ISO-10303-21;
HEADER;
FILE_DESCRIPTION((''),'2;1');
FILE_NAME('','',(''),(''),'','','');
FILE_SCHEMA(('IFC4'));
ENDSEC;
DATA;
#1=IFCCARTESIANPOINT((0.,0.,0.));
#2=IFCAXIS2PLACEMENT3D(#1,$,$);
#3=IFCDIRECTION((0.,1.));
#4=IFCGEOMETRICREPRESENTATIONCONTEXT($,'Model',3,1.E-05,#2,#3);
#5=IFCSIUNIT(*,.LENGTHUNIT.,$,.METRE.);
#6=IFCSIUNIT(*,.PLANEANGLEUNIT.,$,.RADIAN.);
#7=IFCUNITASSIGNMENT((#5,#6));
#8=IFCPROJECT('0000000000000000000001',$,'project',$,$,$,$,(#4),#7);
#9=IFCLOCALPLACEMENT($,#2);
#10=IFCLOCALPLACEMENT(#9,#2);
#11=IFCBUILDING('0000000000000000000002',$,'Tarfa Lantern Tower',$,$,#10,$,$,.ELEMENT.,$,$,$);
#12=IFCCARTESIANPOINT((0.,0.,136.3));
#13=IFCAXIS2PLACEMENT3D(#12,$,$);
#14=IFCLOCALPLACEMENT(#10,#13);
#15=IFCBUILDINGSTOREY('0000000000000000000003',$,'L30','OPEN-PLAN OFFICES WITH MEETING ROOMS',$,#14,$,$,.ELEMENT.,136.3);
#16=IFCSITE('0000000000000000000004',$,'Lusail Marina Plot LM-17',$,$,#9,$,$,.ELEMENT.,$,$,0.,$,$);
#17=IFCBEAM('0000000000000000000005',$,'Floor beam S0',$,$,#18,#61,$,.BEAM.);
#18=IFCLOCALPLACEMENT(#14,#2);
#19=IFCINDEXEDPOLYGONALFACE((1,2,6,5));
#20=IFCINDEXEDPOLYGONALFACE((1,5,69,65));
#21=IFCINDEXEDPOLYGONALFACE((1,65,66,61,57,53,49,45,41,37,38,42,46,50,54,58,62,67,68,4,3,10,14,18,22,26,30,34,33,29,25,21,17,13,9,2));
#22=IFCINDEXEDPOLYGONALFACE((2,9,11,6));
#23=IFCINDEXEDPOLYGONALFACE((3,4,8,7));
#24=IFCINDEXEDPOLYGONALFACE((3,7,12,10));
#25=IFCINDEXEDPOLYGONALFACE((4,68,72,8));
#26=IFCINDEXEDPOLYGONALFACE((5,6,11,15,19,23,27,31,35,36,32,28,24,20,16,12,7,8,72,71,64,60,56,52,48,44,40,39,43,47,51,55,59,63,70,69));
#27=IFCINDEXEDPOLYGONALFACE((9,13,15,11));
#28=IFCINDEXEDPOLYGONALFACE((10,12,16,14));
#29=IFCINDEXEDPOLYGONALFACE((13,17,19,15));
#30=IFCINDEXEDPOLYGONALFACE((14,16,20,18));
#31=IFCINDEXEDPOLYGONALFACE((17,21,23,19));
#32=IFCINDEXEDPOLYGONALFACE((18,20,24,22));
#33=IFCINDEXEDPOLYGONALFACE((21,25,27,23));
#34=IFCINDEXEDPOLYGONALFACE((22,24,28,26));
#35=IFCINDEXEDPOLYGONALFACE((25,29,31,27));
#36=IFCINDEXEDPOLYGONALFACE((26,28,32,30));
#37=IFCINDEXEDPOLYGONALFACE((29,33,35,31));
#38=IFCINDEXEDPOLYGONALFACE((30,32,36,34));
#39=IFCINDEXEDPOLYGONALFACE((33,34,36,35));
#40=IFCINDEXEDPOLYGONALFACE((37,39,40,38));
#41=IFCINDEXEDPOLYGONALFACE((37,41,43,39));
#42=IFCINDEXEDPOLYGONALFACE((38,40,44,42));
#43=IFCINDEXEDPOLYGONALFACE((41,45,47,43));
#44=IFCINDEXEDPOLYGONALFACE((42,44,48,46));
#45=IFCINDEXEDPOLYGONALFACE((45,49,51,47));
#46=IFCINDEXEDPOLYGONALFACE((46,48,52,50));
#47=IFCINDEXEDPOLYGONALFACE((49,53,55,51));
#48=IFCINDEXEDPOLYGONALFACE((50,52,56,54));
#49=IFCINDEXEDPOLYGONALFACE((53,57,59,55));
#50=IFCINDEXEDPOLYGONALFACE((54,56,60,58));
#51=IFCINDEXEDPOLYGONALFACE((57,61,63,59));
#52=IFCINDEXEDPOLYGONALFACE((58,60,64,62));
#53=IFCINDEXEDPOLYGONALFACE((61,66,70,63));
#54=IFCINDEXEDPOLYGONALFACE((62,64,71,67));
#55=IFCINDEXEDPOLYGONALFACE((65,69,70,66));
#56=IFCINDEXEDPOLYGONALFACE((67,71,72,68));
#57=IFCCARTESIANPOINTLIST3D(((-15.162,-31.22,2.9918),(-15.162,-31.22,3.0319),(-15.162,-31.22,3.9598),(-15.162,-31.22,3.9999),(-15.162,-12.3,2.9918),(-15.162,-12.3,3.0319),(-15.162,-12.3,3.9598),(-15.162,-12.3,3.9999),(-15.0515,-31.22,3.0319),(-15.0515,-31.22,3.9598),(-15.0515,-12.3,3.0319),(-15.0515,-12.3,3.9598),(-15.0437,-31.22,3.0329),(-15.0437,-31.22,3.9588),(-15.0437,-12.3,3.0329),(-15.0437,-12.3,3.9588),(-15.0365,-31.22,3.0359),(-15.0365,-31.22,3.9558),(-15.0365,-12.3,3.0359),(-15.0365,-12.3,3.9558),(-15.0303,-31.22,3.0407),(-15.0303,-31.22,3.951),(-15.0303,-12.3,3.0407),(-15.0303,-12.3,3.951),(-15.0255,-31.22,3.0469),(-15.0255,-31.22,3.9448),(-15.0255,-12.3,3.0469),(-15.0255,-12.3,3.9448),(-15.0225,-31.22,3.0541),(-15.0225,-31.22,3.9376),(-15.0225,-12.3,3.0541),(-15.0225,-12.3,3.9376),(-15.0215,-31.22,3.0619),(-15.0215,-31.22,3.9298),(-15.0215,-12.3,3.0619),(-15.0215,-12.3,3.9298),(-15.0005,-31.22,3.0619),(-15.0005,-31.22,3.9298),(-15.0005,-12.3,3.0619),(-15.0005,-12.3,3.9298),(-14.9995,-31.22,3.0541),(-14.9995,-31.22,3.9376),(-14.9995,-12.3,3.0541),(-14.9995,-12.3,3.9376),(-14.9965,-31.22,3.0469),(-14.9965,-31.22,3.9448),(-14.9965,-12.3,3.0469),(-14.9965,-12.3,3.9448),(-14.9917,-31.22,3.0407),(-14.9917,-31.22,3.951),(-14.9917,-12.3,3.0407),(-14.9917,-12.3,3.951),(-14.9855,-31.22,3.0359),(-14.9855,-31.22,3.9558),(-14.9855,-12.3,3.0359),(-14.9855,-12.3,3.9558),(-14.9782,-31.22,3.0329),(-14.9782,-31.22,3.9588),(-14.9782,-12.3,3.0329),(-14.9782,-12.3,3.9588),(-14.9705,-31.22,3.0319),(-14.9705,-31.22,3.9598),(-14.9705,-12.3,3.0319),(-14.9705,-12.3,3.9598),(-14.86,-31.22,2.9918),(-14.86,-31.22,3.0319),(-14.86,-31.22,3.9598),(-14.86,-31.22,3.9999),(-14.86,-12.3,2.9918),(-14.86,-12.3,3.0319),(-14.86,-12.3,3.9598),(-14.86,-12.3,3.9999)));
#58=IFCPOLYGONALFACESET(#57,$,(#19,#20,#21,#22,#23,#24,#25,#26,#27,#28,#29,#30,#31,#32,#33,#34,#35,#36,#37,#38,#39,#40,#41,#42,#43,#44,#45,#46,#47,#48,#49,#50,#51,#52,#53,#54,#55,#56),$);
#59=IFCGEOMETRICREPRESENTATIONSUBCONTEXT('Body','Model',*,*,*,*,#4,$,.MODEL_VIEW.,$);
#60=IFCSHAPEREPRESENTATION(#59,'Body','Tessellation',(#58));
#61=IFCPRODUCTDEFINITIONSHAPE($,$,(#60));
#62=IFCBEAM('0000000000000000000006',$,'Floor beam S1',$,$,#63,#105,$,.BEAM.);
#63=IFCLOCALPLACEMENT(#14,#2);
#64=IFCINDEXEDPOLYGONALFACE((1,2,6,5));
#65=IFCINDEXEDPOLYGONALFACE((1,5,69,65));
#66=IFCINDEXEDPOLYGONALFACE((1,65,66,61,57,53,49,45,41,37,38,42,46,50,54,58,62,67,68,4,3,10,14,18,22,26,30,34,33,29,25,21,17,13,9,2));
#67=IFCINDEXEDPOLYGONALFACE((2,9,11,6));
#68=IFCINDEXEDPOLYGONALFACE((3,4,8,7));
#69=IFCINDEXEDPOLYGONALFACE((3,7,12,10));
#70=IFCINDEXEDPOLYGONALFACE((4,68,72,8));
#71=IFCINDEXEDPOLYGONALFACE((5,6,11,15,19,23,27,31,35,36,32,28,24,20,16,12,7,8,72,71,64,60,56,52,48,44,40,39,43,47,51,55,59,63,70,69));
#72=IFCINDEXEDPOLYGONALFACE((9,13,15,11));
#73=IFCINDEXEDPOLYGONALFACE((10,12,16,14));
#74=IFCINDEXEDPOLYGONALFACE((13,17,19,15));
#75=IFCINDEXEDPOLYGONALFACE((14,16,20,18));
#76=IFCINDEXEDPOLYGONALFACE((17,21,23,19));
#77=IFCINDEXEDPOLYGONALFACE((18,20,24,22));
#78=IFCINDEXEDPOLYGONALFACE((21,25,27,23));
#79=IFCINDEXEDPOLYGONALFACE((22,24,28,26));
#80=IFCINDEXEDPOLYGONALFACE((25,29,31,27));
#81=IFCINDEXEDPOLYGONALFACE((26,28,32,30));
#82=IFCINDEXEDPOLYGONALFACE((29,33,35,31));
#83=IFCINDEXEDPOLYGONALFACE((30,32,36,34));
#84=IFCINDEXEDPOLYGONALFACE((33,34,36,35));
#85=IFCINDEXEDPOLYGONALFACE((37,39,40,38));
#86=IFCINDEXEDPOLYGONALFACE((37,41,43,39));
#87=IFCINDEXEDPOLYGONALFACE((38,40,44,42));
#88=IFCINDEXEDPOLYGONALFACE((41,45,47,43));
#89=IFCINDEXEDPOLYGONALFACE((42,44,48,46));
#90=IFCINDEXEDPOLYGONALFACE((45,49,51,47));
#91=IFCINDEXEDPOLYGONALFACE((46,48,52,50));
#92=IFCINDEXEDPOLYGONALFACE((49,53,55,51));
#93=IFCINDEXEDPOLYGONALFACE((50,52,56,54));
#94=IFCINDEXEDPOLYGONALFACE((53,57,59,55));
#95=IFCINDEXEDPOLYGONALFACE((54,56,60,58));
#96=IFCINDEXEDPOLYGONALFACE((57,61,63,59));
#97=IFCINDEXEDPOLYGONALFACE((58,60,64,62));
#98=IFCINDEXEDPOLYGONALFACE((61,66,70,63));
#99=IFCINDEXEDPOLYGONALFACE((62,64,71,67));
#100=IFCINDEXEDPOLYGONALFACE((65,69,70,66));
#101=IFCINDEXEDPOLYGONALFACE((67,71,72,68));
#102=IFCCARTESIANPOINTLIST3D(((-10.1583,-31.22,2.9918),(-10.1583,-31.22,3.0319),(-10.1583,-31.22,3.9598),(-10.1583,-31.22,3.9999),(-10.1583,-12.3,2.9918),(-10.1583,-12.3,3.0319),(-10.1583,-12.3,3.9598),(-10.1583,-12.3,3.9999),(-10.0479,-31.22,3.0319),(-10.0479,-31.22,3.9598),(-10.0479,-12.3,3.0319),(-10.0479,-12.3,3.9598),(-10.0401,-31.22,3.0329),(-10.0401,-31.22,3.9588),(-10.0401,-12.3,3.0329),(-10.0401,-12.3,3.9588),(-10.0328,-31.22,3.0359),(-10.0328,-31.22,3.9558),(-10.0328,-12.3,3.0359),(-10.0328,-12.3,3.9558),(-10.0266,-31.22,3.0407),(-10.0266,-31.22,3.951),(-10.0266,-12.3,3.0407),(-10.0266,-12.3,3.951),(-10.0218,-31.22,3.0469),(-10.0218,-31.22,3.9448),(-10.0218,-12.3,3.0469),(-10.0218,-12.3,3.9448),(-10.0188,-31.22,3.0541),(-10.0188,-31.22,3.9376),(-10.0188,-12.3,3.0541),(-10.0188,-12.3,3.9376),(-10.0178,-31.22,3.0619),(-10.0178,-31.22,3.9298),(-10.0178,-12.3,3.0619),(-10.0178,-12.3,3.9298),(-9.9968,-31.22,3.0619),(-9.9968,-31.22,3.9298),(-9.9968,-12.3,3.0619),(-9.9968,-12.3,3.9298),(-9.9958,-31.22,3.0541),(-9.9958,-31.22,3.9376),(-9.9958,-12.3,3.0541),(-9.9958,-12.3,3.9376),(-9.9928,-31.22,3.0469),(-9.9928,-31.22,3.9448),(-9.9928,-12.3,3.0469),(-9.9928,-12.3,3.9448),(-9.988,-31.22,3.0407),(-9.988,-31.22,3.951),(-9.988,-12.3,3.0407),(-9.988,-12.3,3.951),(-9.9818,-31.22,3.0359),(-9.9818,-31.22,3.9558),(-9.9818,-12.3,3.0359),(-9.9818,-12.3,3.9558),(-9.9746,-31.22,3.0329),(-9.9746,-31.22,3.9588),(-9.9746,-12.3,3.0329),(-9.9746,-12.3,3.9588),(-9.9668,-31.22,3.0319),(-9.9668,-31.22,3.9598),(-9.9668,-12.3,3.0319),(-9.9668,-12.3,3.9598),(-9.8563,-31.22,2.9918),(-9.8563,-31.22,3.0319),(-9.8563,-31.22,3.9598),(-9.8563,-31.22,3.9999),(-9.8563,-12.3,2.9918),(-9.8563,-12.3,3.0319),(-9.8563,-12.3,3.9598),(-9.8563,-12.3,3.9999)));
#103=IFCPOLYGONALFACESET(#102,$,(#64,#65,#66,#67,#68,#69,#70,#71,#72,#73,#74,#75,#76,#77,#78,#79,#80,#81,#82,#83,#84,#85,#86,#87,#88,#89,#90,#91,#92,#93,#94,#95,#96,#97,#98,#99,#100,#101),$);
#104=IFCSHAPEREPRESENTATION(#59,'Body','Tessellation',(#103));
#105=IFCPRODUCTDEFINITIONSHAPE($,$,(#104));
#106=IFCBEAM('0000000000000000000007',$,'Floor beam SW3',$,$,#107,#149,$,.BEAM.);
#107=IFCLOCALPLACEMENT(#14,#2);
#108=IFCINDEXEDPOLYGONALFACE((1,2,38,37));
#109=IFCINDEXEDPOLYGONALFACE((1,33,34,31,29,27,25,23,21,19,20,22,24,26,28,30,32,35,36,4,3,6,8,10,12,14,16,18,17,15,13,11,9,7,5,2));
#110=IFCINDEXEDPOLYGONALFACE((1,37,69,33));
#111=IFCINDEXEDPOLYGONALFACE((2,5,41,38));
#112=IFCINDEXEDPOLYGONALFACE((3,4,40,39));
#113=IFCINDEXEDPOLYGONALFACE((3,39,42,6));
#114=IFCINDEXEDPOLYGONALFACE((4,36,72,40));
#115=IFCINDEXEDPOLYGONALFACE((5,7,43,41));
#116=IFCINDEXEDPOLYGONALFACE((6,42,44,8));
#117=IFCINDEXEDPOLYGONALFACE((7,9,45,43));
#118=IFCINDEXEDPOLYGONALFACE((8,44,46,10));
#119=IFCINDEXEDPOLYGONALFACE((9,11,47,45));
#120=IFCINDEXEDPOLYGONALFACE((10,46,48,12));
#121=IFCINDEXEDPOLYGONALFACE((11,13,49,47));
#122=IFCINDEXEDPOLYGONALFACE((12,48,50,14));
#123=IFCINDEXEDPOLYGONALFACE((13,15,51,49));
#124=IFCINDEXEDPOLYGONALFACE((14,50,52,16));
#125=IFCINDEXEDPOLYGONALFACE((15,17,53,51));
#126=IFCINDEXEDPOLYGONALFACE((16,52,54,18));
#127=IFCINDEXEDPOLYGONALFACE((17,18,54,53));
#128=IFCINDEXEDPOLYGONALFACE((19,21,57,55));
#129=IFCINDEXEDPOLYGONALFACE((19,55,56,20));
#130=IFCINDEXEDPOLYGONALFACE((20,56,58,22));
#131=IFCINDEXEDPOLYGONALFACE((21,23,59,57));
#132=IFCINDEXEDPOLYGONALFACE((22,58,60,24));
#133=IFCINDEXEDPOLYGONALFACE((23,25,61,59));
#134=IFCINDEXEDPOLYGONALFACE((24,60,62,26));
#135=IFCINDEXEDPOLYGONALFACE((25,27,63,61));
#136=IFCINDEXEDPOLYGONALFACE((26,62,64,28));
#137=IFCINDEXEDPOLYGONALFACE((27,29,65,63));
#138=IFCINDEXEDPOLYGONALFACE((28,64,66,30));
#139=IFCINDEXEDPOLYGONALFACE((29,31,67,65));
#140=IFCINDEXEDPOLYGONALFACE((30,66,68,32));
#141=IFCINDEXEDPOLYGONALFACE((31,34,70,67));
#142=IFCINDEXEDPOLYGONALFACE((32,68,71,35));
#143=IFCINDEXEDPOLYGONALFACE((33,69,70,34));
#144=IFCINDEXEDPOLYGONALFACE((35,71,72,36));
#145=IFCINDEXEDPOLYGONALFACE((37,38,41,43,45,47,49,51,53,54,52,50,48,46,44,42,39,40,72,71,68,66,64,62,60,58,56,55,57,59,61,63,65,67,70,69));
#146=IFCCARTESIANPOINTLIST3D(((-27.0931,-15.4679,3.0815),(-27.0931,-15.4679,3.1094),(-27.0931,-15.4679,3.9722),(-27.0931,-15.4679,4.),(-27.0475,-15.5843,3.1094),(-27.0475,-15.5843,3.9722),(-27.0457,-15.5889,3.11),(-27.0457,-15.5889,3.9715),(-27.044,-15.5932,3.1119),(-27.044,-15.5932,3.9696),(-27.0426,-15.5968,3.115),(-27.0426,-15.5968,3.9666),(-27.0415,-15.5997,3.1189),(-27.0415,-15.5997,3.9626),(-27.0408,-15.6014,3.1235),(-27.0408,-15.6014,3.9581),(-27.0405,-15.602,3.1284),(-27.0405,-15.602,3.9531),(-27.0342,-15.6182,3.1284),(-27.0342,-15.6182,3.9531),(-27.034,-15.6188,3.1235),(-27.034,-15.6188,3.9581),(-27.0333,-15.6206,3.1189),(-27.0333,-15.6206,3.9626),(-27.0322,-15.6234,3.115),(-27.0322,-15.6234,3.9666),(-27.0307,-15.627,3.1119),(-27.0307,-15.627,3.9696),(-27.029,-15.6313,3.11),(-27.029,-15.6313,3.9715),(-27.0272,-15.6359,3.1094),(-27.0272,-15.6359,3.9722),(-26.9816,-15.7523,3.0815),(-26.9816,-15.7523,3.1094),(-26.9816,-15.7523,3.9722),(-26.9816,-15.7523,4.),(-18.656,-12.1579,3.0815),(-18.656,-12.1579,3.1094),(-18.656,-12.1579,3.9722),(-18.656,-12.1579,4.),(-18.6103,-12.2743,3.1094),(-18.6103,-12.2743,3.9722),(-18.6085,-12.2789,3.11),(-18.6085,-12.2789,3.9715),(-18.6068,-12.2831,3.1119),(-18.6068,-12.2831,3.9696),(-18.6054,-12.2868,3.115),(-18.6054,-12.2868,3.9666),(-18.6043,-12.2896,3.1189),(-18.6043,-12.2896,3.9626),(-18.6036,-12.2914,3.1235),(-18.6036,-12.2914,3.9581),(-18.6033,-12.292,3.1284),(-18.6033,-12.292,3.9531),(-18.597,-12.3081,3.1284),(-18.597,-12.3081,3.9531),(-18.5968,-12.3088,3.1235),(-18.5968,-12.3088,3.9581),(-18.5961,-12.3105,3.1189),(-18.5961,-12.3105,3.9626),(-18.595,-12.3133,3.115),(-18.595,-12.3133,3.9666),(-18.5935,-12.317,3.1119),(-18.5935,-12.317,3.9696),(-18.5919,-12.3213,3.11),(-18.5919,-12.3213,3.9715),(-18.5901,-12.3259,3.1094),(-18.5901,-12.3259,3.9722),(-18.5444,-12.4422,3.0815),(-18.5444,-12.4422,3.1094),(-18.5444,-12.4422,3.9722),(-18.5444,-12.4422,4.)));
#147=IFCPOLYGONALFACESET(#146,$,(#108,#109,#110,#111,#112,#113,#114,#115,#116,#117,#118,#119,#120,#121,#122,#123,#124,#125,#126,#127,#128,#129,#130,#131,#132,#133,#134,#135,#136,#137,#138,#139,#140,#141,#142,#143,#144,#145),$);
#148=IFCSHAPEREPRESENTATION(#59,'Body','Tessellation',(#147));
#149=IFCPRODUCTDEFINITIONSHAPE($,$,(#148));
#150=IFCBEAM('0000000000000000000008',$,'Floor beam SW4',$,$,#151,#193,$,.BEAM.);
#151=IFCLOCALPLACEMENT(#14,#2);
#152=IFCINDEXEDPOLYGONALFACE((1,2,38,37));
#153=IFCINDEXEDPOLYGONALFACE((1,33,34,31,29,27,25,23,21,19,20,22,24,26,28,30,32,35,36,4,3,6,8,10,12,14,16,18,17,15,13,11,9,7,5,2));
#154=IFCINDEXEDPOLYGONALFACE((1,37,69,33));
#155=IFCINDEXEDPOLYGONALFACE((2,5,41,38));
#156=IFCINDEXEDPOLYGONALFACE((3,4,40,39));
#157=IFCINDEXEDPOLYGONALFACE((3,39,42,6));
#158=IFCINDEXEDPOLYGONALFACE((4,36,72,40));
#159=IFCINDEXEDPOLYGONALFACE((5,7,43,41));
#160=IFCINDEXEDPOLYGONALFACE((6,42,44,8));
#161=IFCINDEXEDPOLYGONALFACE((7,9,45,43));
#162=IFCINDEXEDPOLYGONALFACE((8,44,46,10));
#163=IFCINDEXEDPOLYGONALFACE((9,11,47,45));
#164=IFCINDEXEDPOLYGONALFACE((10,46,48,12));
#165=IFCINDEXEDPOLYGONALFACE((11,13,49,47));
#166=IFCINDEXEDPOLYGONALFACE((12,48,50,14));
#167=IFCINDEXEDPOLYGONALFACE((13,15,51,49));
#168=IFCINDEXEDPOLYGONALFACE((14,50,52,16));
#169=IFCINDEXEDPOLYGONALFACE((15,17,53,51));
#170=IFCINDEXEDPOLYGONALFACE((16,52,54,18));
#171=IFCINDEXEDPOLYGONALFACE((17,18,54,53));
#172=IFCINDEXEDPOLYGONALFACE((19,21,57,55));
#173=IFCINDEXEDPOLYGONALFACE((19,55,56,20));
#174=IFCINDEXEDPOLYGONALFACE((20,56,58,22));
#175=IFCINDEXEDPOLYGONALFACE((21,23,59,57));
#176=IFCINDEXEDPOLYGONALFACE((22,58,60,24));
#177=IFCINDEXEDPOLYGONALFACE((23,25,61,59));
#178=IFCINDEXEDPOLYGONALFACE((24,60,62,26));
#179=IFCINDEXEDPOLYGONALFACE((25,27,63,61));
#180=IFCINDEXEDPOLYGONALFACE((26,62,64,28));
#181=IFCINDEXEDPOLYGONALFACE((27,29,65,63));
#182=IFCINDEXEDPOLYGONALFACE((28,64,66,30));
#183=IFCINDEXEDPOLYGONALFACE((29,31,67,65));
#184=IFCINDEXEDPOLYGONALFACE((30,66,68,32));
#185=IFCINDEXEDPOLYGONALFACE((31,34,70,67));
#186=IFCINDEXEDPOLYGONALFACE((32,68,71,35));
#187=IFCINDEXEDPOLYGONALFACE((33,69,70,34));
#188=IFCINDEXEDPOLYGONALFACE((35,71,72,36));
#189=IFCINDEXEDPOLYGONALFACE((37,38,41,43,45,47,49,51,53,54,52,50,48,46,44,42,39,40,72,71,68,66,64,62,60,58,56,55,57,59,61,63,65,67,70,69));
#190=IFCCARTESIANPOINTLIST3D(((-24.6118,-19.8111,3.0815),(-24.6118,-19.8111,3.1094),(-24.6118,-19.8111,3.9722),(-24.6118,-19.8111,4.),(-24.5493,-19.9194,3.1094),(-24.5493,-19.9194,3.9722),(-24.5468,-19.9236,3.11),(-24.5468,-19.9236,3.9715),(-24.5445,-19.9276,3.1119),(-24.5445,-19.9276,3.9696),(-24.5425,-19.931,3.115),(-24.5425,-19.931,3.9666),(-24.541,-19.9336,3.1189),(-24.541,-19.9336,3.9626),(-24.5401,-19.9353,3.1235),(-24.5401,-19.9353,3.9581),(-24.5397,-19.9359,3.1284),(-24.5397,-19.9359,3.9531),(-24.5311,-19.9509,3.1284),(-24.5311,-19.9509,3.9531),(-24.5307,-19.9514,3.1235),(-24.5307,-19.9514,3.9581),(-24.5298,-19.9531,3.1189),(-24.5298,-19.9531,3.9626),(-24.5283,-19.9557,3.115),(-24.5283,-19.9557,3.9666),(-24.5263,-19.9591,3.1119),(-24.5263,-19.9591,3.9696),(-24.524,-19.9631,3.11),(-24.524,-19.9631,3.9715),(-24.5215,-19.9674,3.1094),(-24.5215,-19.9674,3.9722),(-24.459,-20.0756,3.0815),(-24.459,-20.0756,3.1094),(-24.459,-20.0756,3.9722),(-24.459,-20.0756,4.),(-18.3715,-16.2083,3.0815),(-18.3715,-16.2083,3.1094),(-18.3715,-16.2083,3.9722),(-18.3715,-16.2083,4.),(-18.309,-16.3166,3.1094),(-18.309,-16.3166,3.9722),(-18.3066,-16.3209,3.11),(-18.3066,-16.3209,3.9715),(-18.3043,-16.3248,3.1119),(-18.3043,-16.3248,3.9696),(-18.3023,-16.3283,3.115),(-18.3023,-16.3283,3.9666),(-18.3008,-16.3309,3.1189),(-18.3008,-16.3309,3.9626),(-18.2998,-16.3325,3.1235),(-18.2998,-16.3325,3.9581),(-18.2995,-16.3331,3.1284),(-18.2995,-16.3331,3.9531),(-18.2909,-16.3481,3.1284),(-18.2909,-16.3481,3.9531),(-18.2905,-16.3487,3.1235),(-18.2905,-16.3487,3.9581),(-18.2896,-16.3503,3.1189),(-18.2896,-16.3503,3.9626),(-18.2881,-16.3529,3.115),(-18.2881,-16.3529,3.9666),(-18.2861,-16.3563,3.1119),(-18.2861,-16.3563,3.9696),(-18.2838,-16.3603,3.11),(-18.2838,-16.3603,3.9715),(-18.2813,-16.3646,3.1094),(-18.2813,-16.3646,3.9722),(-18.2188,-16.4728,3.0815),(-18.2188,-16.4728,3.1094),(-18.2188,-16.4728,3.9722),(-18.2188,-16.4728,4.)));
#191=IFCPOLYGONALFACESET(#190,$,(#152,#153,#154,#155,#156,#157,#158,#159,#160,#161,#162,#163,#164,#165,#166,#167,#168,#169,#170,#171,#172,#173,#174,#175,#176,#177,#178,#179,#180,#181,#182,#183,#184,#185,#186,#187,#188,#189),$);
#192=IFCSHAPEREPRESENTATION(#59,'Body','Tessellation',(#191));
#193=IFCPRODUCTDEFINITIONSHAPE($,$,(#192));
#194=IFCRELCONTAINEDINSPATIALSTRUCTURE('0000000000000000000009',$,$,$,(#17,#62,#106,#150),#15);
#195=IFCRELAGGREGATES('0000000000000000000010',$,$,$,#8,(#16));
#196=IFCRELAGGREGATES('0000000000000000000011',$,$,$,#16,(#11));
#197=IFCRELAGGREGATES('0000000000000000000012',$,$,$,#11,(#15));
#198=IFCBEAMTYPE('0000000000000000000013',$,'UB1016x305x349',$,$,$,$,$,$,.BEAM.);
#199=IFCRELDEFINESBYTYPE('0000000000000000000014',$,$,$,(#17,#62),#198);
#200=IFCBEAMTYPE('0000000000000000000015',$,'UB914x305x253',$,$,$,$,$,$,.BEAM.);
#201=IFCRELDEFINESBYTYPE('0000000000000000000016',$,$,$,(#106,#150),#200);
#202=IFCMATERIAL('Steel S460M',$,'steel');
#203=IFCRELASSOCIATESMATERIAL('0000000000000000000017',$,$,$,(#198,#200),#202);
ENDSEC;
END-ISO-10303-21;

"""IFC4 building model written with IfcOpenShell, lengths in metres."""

from ifc_helpers import new_model, si_unit, direction, frame, origin, origin_2d, place, context, subcontext, project, spatial, i_section, extrude, material, material_profile, profile_set, type_object, element, save


model = new_model("IFC4")

# Units and contexts
model_context = context("Model", 3, precision=1e-05, world=origin(), true_north=direction((0.0, 1.0)))
body_context = subcontext(model_context, "Body", "Model", "MODEL_VIEW")
ifc_project = project(units=[si_unit("LENGTHUNIT", "METRE"), si_unit("PLANEANGLEUNIT", "RADIAN")], contexts=[model_context])

# Site, building, storey
site_placement = place(None, origin())
site = spatial("IfcSite", under=ifc_project, at=site_placement, Name="Lusail Marina Plot LM-17", CompositionType="ELEMENT", RefElevation=0.0)
building_placement = place(site_placement, origin())
building = spatial("IfcBuilding", under=site, at=building_placement, Name="Tarfa Lantern Tower", CompositionType="ELEMENT")
storey_placement = place(building_placement, frame((0.0, 0.0, 136.3)))
storey = spatial("IfcBuildingStorey", under=building, at=storey_placement, Name="L30", Description="OPEN-PLAN OFFICES WITH MEETING ROOMS", CompositionType="ELEMENT", Elevation=136.3)

# Beams
ifc_material_1 = material(Name="Steel S460M", Category="steel")
ifc_material_profile_1 = material_profile(ifc_material_1, i_section(OverallWidth=0.302, OverallDepth=1.0081, WebThickness=0.021, FlangeThickness=0.04, FilletRadius=0.03, at=origin_2d()), Name="UB1016x305x349")
ifc_profile_set_1 = profile_set([ifc_material_profile_1], Name="Steel S460M")
beam_type_1 = type_object("IfcBeamType", Name="UB1016x305x349", PredefinedType="BEAM", material=ifc_profile_set_1)
for number, where, z_axis, x_axis, name in (
    (1, (-15.011, -31.22, 3.4958), (0.0, 1.0, 0.0), (-1.0, 0.0, 0.0), "Floor beam S0"),
    (2, (-10.0073, -31.22, 3.4958), (0.0, 1.0, 0.0), (-1.0, 0.0, 0.0), "Floor beam S1"),
):
    element("IfcBeam", number, at=place(storey_placement, frame(where, z_axis=z_axis, x_axis=x_axis)), inside=storey, type_object=beam_type_1, Name=name, PredefinedType="BEAM", context=body_context, shape_type="SweptSolid", body=[
        extrude(i_section(OverallWidth=0.302, OverallDepth=1.0081, WebThickness=0.021, FlangeThickness=0.04, FilletRadius=0.03, at=origin_2d()), origin(), (0.0, 0.0, 1.0), 18.9199),
    ])
ifc_material_profile_2 = material_profile(ifc_material_1, i_section(OverallWidth=0.3054, OverallDepth=0.9185, WebThickness=0.0173, FlangeThickness=0.0278, FilletRadius=0.019, at=origin_2d()), Name="UB914x305x253")
ifc_profile_set_2 = profile_set([ifc_material_profile_2], Name="Steel S460M")
beam_type_2 = type_object("IfcBeamType", Name="UB914x305x253", PredefinedType="BEAM", material=ifc_profile_set_2)
beam_1_placement = place(storey_placement, frame((-27.0374, -15.6101, 3.5408), z_axis=(0.930923, 0.365215, 0.0), x_axis=(-0.365215, 0.930923, 0.0)))
element("IfcBeam", 3, at=beam_1_placement, inside=storey, type_object=beam_type_2, Name="Floor beam SW3", PredefinedType="BEAM", context=body_context, shape_type="SweptSolid", body=[
    extrude(i_section(OverallWidth=0.3054, OverallDepth=0.9185, WebThickness=0.0173, FlangeThickness=0.0278, FilletRadius=0.019, at=origin_2d()), origin(), (0.0, 0.0, 1.0), 9.0632),
])
beam_2_placement = place(storey_placement, frame((-24.5354, -19.9434, 3.5408), z_axis=(0.866026, 0.499998, 0.0), x_axis=(-0.499998, 0.866026, 0.0)))
element("IfcBeam", 4, at=beam_2_placement, inside=storey, type_object=beam_type_2, Name="Floor beam SW4", PredefinedType="BEAM", context=body_context, shape_type="SweptSolid", body=[
    extrude(i_section(OverallWidth=0.3054, OverallDepth=0.9185, WebThickness=0.0173, FlangeThickness=0.0278, FilletRadius=0.019, at=origin_2d()), origin(), (0.0, 0.0, 1.0), 7.2056),
])

save(model, "model.ifc")
